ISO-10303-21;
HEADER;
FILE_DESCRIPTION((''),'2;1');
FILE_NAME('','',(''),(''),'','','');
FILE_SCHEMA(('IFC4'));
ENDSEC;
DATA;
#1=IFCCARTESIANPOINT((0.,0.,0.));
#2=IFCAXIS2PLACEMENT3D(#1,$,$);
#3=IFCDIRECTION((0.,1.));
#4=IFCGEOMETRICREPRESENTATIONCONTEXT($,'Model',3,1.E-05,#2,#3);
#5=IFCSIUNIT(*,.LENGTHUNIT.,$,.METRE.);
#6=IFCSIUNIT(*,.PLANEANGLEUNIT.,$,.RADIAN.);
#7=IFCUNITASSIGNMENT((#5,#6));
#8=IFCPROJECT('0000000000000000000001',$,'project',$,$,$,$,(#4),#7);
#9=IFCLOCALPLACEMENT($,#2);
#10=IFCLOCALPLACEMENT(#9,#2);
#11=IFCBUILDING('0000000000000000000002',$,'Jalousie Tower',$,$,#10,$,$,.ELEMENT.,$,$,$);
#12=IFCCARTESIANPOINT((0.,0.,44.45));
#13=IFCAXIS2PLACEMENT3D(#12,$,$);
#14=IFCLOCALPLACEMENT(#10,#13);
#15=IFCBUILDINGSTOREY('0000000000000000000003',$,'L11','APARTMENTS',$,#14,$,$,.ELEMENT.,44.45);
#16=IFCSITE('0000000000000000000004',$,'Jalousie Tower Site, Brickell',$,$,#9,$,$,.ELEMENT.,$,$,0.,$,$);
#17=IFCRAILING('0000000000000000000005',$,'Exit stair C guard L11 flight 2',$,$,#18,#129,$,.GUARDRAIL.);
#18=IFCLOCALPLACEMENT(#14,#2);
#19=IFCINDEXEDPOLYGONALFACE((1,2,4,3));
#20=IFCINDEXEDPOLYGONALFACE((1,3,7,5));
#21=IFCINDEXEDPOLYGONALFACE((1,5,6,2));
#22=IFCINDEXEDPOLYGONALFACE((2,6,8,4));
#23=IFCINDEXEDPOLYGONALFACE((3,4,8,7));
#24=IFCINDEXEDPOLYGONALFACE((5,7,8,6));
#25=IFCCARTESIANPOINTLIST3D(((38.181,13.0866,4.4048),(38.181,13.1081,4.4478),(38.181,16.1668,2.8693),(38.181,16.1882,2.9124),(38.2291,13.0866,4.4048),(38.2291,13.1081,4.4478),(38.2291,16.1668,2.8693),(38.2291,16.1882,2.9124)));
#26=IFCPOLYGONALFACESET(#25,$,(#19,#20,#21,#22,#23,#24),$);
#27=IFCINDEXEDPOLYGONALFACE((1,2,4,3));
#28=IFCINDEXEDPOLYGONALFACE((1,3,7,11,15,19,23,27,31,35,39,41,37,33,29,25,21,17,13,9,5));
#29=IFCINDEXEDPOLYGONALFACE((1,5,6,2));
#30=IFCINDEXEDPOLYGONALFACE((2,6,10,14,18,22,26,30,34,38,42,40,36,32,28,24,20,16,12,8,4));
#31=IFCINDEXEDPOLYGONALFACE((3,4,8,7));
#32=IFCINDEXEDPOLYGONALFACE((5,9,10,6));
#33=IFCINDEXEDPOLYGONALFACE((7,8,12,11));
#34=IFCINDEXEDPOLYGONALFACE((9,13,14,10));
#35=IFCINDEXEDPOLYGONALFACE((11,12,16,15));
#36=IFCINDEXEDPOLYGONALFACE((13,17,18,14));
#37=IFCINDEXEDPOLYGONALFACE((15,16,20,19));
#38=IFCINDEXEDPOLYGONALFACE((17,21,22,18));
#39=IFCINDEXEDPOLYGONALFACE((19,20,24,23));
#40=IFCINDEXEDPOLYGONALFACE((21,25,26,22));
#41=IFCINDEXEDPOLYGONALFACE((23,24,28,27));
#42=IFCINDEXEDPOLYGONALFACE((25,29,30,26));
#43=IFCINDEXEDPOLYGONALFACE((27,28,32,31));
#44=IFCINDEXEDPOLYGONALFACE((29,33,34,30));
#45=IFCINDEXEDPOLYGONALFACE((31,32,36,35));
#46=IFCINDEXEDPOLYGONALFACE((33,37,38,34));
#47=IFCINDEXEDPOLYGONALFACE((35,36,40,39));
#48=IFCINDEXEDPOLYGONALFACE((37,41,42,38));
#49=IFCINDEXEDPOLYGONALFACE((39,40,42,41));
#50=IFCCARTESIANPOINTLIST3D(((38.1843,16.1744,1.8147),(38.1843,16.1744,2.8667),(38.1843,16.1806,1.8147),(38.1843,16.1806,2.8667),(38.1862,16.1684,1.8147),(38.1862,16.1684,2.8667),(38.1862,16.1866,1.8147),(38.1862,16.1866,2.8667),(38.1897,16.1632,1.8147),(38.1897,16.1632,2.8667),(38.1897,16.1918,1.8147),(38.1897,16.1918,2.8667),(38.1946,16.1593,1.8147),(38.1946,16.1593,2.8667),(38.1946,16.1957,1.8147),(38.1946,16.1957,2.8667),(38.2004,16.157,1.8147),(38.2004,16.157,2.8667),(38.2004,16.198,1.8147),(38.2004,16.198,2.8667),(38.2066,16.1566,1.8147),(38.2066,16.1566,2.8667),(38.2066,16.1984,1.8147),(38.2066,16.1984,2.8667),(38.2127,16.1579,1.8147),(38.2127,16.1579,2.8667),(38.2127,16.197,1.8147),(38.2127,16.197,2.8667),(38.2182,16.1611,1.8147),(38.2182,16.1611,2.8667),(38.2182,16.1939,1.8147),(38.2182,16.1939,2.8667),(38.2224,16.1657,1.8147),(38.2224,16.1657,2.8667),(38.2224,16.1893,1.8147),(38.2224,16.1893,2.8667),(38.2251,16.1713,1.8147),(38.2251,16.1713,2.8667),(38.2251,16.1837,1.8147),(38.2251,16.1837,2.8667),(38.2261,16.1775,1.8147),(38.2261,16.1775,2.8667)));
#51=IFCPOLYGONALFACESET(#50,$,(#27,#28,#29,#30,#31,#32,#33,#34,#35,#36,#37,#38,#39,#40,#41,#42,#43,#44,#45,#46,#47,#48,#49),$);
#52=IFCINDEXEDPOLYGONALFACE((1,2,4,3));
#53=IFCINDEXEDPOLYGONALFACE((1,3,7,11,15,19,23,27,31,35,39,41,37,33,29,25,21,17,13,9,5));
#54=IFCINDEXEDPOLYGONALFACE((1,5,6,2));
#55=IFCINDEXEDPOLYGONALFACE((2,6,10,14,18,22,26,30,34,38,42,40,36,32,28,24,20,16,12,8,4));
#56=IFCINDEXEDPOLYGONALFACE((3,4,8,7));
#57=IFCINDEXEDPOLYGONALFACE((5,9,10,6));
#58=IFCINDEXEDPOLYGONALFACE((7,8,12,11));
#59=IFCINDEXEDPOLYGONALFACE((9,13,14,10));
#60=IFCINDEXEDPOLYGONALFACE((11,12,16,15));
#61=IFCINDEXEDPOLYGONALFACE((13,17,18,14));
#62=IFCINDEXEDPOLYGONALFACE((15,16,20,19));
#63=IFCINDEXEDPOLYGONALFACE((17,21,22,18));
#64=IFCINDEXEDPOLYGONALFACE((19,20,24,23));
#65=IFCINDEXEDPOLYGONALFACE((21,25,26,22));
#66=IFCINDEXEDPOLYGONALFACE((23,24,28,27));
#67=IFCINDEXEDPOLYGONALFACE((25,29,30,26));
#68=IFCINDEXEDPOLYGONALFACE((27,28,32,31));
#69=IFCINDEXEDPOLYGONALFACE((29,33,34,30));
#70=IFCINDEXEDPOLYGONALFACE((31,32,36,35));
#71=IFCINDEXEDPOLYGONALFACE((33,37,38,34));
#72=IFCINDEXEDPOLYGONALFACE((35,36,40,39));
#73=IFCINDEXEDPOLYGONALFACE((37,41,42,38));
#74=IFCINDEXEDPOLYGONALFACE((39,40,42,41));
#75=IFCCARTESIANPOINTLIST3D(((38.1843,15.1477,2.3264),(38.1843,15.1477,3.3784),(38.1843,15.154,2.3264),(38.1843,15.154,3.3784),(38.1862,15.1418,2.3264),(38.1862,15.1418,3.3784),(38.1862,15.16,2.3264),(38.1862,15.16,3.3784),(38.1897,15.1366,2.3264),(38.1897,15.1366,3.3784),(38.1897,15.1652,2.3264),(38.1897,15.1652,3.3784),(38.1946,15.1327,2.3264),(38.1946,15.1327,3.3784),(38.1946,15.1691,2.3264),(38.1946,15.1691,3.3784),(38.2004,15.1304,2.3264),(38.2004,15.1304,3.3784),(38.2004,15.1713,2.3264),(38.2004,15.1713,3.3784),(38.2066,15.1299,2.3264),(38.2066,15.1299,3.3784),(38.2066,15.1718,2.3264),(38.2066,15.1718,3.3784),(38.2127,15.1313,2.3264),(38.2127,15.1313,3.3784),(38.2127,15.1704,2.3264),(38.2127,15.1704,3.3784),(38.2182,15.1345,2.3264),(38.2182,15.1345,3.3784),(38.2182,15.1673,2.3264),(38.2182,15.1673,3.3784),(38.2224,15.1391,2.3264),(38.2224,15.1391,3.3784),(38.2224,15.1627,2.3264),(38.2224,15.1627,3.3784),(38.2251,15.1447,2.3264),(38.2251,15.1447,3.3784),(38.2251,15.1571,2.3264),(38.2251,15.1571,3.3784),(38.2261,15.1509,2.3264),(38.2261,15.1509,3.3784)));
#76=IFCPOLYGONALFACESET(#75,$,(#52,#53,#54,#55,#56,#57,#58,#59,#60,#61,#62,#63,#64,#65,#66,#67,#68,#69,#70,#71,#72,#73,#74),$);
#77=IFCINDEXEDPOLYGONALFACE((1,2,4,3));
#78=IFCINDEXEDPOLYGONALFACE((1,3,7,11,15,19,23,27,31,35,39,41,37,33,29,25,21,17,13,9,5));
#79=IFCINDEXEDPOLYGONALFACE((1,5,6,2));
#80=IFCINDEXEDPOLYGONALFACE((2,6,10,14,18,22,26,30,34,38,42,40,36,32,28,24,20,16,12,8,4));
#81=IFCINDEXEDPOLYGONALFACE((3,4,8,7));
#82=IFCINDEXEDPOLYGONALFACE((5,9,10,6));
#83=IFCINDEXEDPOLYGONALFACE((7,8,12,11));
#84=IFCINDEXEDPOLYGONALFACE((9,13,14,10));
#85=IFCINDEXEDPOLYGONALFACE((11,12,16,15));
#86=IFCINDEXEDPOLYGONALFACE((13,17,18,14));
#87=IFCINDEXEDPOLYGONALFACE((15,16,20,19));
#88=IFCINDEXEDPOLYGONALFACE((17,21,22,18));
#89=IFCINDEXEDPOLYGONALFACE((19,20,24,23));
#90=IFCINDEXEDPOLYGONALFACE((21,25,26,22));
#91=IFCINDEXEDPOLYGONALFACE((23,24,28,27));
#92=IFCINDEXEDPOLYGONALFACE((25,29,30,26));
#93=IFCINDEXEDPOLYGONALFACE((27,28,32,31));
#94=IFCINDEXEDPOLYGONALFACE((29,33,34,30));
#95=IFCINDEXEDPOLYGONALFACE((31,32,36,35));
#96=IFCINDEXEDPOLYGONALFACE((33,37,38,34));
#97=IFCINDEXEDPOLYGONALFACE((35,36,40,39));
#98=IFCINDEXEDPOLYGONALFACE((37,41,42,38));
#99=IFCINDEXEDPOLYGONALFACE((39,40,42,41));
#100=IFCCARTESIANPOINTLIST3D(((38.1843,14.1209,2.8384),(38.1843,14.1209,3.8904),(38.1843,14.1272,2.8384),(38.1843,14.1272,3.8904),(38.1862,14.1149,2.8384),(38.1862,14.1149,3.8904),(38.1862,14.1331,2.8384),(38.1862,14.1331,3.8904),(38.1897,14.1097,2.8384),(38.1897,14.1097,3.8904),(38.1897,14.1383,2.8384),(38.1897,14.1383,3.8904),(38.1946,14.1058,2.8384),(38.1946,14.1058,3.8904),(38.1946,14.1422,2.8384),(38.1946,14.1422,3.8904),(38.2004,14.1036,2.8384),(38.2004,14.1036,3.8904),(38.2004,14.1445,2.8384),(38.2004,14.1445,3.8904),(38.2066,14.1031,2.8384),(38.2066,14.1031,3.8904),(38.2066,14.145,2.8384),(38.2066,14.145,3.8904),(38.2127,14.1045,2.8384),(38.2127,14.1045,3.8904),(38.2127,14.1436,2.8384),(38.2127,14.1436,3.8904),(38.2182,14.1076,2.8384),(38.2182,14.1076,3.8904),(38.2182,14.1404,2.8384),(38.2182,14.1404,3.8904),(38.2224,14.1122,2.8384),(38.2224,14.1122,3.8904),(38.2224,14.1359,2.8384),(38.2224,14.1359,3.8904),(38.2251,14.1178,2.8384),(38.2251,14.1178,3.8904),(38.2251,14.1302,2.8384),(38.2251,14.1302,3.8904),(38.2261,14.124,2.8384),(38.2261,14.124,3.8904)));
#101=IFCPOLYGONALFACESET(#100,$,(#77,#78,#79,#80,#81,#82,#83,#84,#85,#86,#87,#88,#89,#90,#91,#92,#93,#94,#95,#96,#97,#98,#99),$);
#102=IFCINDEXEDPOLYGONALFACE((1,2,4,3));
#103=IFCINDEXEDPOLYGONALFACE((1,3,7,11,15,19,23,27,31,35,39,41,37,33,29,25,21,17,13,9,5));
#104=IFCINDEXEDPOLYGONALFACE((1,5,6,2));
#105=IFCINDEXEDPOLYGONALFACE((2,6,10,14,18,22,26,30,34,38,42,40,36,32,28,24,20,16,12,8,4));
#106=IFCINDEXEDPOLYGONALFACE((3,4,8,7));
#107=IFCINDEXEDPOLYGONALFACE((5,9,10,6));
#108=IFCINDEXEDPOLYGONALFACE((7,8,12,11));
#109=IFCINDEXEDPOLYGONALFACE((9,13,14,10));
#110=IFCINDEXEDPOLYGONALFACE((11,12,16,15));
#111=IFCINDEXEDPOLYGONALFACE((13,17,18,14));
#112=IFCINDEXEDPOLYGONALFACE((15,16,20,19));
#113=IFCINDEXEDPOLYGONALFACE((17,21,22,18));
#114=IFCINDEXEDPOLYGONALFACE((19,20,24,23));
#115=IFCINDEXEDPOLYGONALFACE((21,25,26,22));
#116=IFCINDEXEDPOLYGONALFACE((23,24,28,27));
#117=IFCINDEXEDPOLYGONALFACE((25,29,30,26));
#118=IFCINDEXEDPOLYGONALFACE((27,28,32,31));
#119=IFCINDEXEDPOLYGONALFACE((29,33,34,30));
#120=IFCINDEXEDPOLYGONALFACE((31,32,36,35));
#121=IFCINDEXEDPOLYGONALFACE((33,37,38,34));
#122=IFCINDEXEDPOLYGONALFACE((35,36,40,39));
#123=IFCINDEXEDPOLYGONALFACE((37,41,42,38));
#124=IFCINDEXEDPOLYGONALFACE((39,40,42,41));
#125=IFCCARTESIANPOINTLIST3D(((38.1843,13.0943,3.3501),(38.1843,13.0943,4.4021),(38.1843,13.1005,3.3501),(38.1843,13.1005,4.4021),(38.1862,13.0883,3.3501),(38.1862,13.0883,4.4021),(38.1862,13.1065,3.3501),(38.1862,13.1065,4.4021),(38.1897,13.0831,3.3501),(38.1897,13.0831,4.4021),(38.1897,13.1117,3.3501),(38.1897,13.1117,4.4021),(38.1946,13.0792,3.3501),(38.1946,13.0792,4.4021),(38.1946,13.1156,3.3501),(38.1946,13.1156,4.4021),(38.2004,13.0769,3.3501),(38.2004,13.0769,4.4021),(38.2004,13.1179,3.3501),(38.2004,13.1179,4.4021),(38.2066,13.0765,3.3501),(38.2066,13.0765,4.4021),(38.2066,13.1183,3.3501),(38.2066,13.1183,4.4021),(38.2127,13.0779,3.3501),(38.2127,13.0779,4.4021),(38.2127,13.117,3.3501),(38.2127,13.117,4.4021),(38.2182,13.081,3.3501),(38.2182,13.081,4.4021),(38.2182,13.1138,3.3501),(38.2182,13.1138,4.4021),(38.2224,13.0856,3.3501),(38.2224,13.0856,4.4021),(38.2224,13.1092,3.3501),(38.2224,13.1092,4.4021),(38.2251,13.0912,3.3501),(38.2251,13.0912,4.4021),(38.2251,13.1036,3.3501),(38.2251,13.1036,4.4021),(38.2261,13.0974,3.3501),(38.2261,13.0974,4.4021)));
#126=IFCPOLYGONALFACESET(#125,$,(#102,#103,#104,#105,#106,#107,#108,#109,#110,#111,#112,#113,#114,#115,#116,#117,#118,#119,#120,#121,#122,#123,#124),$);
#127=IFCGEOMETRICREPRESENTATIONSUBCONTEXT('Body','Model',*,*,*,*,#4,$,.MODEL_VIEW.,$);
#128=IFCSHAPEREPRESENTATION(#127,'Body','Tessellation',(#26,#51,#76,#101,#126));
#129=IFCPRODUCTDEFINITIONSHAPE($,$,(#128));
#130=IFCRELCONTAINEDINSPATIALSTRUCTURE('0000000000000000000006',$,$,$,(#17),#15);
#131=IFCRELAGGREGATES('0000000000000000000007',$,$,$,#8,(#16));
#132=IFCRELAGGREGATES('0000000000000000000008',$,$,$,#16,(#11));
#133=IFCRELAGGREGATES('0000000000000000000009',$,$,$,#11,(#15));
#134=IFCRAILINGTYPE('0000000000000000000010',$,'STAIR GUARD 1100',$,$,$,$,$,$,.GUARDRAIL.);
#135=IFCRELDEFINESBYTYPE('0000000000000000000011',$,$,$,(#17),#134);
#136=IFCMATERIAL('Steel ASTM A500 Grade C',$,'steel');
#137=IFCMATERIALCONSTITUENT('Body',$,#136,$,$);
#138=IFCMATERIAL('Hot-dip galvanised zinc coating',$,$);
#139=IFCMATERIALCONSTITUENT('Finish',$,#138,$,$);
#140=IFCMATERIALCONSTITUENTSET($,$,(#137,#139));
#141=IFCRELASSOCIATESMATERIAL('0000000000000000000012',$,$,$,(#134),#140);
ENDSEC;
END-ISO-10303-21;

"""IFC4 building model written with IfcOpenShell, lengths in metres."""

from ifc_helpers import new_model, si_unit, direction, frame, origin, origin_2d, place, context, subcontext, project, spatial, rectangle, circle, extrude, material, constituent, constituent_set, type_object, element, save


model = new_model("IFC4")

# Units and contexts
model_context = context("Model", 3, precision=1e-05, world=origin(), true_north=direction((0.0, 1.0)))
body_context = subcontext(model_context, "Body", "Model", "MODEL_VIEW")
ifc_project = project(units=[si_unit("LENGTHUNIT", "METRE"), si_unit("PLANEANGLEUNIT", "RADIAN")], contexts=[model_context])

# Site, building, storey
site_placement = place(None, origin())
site = spatial("IfcSite", under=ifc_project, at=site_placement, Name="Jalousie Tower Site, Brickell", CompositionType="ELEMENT", RefElevation=0.0)
building_placement = place(site_placement, origin())
building = spatial("IfcBuilding", under=site, at=building_placement, Name="Jalousie Tower", CompositionType="ELEMENT")
storey_placement = place(building_placement, frame((0.0, 0.0, 44.45)))
storey = spatial("IfcBuildingStorey", under=building, at=storey_placement, Name="L11", Description="APARTMENTS", CompositionType="ELEMENT", Elevation=44.45)

# Railing
ifc_material_1 = material(Name="Steel ASTM A500 Grade C", Category="steel")
ifc_constituent_1 = constituent(ifc_material_1, Name="Body")
ifc_material_2 = material(Name="Hot-dip galvanised zinc coating")
ifc_constituent_2 = constituent(ifc_material_2, Name="Finish")
ifc_constituent_set_1 = constituent_set(constituents=[ifc_constituent_1, ifc_constituent_2])
railing_type_1 = type_object("IfcRailingType", Name="STAIR GUARD 1100", PredefinedType="GUARDRAIL", material=ifc_constituent_set_1)
railing_1_placement = place(storey_placement, frame((38.2051, 16.1775, 1.8147)))
element("IfcRailing", 1, at=railing_1_placement, inside=storey, type_object=railing_type_1, Name="Exit stair C guard L11 flight 2", PredefinedType="GUARDRAIL", context=body_context, shape_type="SweptSolid", body=[
    extrude(rectangle(XDim=0.0481, YDim=0.0481, at=origin_2d()), frame((0.0, 0.0, 1.0762), z_axis=(0.0, -0.894966, 0.446135), x_axis=(1.0, 0.0, 0.0)), (0.0, 0.0, 1.0), 3.4417),
    extrude(circle(Radius=0.021, at=origin_2d()), origin(), (0.0, 0.0, 1.0), 1.052),
    extrude(circle(Radius=0.021, at=origin_2d()), frame((0.0, -1.0266, 0.5117)), (0.0, 0.0, 1.0), 1.052),
    extrude(circle(Radius=0.021, at=origin_2d()), frame((0.0, -2.0535, 1.0237)), (0.0, 0.0, 1.0), 1.052),
    extrude(circle(Radius=0.021, at=origin_2d()), frame((0.0, -3.0801, 1.5354)), (0.0, 0.0, 1.0), 1.052),
])

save(model, "model.ifc")
